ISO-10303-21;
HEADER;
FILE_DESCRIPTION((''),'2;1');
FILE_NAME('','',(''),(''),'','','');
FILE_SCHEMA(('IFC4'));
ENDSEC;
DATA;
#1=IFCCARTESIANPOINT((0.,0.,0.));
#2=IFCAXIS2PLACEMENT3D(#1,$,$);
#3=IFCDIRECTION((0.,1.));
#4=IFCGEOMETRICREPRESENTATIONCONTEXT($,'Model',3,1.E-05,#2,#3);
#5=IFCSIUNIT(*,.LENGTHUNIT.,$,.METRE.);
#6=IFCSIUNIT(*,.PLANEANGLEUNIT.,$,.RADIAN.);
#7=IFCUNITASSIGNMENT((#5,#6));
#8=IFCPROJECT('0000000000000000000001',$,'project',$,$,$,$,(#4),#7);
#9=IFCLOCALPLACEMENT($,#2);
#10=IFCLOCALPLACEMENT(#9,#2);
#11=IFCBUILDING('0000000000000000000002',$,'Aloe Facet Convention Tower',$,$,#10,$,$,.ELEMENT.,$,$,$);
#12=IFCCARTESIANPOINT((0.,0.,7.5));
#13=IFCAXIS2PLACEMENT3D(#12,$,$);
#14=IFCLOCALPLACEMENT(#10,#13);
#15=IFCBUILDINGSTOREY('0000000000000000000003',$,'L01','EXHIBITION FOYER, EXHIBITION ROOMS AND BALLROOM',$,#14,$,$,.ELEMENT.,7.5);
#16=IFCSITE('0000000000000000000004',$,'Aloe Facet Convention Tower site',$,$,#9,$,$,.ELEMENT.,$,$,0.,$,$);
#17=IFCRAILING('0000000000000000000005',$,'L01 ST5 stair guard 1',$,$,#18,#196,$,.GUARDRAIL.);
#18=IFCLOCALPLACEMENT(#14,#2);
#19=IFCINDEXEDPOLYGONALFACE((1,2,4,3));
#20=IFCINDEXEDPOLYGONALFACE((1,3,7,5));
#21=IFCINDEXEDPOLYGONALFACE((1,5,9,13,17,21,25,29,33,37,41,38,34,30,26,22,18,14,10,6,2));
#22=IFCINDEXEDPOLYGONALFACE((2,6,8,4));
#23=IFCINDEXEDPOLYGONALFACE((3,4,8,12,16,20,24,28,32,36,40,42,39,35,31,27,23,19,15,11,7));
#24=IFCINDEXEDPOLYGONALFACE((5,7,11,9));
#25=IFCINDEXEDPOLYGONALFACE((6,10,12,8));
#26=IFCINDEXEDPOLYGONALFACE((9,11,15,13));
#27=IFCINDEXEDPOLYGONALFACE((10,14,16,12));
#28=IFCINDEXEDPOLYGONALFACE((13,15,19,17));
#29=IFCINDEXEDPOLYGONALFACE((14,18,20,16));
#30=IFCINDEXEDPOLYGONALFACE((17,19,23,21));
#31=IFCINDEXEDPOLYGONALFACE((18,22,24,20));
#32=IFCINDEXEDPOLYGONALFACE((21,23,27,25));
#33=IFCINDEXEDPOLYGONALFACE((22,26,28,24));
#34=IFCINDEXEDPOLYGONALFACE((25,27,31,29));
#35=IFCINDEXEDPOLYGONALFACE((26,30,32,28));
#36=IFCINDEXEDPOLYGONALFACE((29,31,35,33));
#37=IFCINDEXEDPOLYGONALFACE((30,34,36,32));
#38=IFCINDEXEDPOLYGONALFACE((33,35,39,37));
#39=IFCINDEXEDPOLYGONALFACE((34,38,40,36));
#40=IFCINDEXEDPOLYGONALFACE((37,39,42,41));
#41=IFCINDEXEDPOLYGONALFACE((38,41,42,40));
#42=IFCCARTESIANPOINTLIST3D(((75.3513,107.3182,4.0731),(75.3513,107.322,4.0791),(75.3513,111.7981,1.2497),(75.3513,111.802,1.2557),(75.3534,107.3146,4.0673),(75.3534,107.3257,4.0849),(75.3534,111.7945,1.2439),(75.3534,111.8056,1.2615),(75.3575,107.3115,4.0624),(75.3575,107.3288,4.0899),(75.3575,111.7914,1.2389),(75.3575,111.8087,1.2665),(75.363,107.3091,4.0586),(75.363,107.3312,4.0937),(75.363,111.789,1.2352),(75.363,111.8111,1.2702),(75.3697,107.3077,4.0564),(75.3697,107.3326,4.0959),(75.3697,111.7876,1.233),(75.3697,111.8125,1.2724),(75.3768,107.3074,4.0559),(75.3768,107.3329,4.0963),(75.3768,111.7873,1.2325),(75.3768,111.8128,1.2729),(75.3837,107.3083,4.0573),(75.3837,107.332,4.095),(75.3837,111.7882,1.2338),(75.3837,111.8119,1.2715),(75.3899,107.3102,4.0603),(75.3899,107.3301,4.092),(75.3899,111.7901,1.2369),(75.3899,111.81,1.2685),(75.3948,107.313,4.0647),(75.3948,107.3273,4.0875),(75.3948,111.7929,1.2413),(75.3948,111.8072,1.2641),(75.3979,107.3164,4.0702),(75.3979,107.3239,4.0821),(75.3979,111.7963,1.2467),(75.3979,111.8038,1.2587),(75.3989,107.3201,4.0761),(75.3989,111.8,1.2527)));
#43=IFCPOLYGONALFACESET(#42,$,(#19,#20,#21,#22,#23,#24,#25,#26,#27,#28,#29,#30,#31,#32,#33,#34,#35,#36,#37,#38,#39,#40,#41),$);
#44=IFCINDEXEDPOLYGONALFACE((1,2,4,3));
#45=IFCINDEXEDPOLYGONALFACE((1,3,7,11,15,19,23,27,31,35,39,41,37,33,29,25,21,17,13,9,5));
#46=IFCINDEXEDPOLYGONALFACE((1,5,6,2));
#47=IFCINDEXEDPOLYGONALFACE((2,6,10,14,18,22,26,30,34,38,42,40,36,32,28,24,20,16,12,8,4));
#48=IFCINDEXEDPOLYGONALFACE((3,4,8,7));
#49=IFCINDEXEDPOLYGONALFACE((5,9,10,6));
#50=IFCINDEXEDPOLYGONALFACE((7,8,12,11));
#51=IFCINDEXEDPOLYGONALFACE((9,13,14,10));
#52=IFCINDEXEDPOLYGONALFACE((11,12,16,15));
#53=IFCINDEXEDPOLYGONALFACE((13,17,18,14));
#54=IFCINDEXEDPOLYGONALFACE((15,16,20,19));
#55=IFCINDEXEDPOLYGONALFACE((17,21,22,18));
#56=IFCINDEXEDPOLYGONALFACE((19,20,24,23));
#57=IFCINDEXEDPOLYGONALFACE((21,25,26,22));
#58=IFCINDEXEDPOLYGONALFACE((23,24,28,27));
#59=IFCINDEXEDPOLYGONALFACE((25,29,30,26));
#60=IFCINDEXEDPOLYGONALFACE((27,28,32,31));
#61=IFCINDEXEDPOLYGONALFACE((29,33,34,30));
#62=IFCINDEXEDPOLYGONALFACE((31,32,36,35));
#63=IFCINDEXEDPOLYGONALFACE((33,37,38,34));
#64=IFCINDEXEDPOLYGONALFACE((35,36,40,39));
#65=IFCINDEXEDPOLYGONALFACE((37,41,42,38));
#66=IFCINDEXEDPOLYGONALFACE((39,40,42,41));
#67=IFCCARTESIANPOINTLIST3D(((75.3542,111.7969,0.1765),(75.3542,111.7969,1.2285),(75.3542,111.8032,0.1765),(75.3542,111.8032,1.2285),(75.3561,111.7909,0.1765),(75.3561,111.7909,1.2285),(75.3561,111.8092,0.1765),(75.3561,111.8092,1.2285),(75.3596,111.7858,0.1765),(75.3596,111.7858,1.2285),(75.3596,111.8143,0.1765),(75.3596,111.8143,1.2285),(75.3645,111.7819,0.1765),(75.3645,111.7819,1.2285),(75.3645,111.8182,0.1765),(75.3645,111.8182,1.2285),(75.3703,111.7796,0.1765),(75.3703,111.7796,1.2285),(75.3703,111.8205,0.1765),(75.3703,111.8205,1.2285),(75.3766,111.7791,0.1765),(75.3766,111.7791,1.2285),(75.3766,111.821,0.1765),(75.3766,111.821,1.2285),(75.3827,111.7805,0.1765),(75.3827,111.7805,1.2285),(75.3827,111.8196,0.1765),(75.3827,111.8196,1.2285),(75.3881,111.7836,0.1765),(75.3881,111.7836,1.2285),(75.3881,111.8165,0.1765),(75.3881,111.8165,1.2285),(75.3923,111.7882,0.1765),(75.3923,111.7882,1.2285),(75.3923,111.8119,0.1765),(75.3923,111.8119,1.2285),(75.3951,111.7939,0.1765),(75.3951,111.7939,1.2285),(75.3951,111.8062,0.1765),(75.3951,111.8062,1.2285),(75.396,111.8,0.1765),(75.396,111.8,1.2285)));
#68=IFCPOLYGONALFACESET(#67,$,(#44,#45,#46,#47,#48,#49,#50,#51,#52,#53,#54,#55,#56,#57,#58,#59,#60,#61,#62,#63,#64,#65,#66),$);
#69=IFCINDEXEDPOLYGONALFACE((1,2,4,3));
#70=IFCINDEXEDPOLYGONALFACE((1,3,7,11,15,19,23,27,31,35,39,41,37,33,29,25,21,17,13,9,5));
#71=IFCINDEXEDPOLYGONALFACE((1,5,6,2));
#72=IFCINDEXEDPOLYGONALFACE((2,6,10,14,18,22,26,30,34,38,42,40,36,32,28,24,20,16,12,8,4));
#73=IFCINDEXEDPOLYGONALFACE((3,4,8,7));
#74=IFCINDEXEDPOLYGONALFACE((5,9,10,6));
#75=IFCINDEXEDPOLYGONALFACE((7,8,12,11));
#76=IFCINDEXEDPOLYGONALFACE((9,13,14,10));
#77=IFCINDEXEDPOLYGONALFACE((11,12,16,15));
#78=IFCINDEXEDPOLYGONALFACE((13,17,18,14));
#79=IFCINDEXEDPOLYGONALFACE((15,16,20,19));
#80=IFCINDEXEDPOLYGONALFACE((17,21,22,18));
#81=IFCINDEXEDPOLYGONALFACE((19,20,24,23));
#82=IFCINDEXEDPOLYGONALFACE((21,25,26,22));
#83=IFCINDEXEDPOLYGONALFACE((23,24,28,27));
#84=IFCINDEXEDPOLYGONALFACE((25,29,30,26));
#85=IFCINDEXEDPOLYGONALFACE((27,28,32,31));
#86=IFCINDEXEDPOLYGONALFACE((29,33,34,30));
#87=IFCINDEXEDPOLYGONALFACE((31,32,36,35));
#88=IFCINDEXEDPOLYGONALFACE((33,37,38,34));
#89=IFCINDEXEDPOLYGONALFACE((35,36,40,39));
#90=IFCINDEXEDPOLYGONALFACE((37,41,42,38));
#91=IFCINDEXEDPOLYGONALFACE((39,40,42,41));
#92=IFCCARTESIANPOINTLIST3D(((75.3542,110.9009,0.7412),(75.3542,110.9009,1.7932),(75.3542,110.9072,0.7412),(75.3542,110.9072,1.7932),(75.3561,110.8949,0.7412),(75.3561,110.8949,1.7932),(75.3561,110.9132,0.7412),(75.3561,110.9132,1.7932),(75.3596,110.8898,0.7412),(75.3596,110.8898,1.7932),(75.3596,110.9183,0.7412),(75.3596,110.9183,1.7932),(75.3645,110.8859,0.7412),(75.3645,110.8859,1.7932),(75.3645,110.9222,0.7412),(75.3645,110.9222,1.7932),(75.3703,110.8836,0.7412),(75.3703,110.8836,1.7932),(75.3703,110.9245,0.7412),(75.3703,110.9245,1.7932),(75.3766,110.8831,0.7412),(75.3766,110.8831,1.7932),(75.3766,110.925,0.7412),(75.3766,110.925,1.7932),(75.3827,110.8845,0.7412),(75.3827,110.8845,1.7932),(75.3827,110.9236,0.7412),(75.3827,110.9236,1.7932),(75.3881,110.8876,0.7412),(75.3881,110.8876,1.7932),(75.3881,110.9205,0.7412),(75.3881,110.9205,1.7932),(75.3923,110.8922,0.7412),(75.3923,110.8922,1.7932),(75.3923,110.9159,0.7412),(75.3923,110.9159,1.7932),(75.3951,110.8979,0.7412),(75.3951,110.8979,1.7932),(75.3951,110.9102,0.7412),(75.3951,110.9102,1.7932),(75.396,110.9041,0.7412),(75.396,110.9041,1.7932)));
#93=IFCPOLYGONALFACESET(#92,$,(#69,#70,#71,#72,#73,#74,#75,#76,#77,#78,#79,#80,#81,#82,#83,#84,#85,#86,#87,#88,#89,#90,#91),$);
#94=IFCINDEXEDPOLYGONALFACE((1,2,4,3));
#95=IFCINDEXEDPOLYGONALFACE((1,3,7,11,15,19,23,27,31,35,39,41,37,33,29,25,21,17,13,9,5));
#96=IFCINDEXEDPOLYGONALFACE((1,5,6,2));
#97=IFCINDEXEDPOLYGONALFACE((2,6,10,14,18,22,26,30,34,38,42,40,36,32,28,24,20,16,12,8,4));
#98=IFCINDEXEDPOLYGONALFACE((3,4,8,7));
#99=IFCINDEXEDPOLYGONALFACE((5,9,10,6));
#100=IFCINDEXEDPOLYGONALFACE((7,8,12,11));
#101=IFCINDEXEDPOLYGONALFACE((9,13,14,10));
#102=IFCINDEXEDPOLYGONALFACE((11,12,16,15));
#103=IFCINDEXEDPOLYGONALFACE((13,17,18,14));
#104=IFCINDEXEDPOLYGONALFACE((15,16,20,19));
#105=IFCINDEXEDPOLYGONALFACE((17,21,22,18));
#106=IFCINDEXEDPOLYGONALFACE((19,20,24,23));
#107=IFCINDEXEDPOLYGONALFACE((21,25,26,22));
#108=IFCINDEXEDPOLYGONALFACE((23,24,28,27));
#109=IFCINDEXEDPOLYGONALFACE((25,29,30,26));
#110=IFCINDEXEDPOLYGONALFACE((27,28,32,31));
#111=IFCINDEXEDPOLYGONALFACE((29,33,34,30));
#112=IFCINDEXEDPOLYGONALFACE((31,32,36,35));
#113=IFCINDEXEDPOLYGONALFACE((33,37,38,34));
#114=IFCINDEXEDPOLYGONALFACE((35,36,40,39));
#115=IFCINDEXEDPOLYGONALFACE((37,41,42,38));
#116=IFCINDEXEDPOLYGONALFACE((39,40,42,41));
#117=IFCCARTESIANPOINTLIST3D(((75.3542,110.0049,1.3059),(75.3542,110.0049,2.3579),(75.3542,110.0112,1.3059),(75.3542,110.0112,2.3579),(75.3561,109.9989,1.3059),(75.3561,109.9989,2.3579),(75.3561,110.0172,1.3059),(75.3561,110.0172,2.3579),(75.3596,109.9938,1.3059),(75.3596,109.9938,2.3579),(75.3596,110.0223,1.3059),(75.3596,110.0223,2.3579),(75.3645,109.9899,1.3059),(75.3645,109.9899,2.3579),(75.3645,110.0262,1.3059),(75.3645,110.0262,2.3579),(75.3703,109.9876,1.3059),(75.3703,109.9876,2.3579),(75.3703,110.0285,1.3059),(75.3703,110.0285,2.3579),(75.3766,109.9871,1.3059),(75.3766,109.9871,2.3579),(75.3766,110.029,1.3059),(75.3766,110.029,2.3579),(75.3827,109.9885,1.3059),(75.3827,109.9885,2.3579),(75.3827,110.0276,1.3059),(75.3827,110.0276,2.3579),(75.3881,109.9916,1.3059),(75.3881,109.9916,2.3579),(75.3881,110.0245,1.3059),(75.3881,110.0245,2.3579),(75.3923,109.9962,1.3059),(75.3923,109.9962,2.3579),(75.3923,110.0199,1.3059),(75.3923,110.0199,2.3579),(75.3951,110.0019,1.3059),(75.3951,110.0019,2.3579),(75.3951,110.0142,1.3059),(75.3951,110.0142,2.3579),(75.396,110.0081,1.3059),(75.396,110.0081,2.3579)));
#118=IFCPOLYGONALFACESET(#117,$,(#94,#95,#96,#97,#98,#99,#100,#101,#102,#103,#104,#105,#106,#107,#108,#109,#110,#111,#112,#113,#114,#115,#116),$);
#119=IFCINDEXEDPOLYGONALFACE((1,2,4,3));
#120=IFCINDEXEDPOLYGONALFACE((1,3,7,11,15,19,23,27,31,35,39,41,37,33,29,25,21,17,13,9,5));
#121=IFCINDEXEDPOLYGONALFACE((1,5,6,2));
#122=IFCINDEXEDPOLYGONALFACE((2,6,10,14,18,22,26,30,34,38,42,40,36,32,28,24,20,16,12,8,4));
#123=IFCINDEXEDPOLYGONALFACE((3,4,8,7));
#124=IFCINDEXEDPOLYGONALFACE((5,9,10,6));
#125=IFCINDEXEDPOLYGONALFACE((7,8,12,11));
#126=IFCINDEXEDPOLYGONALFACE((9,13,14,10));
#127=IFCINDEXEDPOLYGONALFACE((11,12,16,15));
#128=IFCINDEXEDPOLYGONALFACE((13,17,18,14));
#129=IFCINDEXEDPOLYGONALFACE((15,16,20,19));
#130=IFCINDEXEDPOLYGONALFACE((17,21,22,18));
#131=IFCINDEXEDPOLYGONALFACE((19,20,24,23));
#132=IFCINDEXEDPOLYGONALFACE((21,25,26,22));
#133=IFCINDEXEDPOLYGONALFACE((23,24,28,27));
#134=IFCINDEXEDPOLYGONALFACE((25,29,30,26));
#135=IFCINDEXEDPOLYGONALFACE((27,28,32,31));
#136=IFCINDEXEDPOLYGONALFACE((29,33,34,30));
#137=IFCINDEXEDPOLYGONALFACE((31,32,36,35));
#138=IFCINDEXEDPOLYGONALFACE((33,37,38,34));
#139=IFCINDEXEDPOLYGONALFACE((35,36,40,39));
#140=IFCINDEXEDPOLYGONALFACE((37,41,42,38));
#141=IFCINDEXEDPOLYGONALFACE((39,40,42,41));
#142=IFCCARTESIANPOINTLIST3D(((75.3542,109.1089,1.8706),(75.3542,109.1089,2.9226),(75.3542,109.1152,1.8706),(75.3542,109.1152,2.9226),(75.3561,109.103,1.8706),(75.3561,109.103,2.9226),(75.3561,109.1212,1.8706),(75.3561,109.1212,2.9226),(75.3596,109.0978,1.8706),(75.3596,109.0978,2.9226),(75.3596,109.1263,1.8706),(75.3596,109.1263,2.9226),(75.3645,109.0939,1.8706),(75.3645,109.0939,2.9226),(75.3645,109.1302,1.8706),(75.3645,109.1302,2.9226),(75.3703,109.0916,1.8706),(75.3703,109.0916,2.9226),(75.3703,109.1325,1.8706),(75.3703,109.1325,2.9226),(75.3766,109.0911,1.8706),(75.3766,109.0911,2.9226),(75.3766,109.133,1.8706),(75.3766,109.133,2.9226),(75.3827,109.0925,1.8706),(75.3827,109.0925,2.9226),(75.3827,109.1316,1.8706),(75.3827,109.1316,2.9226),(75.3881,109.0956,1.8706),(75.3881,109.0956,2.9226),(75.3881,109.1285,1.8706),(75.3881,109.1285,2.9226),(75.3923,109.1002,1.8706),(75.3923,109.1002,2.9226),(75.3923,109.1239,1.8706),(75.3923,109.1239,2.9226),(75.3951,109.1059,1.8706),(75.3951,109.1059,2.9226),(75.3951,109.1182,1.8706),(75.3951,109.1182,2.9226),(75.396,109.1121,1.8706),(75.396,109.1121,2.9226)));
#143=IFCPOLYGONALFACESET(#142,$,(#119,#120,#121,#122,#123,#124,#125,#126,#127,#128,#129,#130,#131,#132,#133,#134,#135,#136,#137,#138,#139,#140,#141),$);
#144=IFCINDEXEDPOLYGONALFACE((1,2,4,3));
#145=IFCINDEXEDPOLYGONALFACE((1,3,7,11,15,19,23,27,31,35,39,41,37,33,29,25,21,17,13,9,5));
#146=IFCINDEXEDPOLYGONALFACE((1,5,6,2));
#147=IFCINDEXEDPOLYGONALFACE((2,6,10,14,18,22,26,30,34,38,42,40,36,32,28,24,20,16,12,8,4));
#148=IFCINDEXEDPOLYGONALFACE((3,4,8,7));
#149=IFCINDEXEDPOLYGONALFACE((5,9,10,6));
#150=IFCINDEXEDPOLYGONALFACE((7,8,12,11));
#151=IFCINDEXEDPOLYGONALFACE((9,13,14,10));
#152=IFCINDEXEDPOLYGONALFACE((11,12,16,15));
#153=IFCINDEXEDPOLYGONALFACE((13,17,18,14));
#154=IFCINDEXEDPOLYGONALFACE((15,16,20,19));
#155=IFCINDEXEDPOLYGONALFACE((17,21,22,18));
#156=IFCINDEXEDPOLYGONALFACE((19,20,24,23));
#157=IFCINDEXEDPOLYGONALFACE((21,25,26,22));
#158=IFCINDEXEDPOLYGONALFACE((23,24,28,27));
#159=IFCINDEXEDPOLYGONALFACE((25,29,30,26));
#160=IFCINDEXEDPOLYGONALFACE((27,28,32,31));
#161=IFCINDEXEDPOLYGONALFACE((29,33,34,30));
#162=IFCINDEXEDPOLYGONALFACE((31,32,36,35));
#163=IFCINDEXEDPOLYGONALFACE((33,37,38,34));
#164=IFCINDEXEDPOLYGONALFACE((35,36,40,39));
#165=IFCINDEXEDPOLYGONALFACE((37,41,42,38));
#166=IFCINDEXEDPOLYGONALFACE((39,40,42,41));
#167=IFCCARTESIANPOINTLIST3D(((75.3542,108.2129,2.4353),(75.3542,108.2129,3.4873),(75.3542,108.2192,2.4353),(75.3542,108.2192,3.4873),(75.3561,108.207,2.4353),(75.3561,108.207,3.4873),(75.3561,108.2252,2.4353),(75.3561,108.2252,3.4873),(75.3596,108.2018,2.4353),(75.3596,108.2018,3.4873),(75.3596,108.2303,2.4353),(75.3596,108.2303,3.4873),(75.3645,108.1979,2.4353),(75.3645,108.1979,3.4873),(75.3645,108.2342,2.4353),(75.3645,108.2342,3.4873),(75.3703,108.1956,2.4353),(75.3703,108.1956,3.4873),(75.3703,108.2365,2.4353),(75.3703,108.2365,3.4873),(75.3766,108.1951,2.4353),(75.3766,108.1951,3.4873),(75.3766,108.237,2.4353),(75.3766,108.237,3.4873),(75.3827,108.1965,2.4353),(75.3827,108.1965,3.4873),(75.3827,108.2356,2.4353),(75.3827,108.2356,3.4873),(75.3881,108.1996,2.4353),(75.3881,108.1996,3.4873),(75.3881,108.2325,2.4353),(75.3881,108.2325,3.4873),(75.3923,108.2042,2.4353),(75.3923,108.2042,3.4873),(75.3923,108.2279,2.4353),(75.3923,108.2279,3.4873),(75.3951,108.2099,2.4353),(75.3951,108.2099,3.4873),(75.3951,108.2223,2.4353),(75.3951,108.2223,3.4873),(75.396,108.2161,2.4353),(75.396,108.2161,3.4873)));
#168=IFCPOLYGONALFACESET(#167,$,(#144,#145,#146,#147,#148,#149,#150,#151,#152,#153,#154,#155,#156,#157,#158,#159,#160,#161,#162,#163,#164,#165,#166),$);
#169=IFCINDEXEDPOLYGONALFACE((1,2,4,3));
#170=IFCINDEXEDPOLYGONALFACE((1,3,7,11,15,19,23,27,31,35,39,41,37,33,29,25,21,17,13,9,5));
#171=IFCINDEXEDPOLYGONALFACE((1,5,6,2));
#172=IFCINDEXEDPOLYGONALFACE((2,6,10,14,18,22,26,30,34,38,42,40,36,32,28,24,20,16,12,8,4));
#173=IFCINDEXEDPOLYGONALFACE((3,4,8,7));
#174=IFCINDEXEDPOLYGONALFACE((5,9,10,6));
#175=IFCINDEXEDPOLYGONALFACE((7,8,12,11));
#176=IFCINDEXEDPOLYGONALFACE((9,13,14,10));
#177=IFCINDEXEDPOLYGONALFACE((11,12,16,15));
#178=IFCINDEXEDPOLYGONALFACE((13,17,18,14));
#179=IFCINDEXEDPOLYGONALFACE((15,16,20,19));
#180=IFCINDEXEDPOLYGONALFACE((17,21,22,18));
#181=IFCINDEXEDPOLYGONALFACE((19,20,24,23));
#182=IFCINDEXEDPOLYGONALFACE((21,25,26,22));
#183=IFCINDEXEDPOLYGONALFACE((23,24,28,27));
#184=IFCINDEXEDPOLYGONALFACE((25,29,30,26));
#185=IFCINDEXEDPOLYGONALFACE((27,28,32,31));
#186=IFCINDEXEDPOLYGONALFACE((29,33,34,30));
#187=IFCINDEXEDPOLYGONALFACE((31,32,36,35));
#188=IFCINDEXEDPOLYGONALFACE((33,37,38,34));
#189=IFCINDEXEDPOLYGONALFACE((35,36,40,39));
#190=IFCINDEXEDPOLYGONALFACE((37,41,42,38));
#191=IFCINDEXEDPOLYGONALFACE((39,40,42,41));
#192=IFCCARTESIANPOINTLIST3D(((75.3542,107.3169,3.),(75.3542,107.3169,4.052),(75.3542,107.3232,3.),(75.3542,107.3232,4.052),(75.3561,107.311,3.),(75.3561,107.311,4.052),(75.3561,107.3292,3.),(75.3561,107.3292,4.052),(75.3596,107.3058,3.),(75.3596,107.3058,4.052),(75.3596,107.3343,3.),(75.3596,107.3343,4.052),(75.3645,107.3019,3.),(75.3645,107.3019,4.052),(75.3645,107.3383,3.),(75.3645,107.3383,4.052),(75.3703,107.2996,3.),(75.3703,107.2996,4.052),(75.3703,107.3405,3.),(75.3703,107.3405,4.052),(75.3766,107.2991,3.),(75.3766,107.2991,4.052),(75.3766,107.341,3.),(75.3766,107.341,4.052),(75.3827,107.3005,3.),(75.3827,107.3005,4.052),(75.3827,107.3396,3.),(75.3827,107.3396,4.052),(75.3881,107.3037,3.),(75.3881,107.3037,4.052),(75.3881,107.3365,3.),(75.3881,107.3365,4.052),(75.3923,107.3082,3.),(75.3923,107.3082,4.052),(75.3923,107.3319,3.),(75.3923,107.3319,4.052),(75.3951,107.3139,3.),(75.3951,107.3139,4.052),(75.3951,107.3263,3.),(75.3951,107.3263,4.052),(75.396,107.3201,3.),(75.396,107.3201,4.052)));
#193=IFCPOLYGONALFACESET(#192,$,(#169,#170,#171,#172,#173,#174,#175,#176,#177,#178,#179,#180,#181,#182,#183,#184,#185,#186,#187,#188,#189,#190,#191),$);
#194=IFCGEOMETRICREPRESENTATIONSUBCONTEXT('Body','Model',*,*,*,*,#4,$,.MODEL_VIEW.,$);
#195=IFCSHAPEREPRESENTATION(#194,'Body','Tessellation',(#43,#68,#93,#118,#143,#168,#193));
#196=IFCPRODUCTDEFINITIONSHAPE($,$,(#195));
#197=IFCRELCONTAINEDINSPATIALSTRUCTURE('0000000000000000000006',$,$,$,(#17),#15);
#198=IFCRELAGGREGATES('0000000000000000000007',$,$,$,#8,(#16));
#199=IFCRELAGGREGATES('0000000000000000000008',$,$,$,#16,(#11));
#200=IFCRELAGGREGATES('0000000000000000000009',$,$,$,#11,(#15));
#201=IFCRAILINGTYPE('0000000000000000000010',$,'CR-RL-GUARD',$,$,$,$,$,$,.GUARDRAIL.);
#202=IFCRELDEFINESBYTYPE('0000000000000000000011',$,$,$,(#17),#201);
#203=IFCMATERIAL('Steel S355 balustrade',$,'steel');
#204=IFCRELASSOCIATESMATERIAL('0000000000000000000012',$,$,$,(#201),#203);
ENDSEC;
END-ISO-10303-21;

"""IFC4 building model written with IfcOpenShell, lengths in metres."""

from ifc_helpers import new_model, si_unit, direction, frame, origin, origin_2d, place, context, subcontext, project, spatial, circle, extrude, material, type_object, element, save


model = new_model("IFC4")

# Units and contexts
model_context = context("Model", 3, precision=1e-05, world=origin(), true_north=direction((0.0, 1.0)))
body_context = subcontext(model_context, "Body", "Model", "MODEL_VIEW")
ifc_project = project(units=[si_unit("LENGTHUNIT", "METRE"), si_unit("PLANEANGLEUNIT", "RADIAN")], contexts=[model_context])

# Site, building, storey
site_placement = place(None, origin())
site = spatial("IfcSite", under=ifc_project, at=site_placement, Name="Aloe Facet Convention Tower site", CompositionType="ELEMENT", RefElevation=0.0)
building_placement = place(site_placement, origin())
building = spatial("IfcBuilding", under=site, at=building_placement, Name="Aloe Facet Convention Tower", CompositionType="ELEMENT")
storey_placement = place(building_placement, frame((0.0, 0.0, 7.5)))
storey = spatial("IfcBuildingStorey", under=building, at=storey_placement, Name="L01", Description="EXHIBITION FOYER, EXHIBITION ROOMS AND BALLROOM", CompositionType="ELEMENT", Elevation=7.5)

# Railing
ifc_material_1 = material(Name="Steel S355 balustrade", Category="steel")
railing_type_1 = type_object("IfcRailingType", Name="CR-RL-GUARD", PredefinedType="GUARDRAIL", material=ifc_material_1)
railing_1_placement = place(storey_placement, frame((75.375, 111.8, 0.1765)))
element("IfcRailing", 1, at=railing_1_placement, inside=storey, type_object=railing_type_1, Name="L01 ST5 stair guard 1", PredefinedType="GUARDRAIL", context=body_context, shape_type="SweptSolid", body=[
    extrude(circle(Radius=0.0239, at=origin_2d()), frame((0.0, 0.0, 1.0762), z_axis=(0.0, -0.845998, 0.533186), x_axis=(1.0, 0.0, 0.0)), (0.0, 0.0, 1.0), 5.2954),
    extrude(circle(Radius=0.021, at=origin_2d()), origin(), (0.0, 0.0, 1.0), 1.052),
    extrude(circle(Radius=0.021, at=origin_2d()), frame((0.0, -0.896, 0.5647)), (0.0, 0.0, 1.0), 1.052),
    extrude(circle(Radius=0.021, at=origin_2d()), frame((0.0, -1.792, 1.1294)), (0.0, 0.0, 1.0), 1.052),
    extrude(circle(Radius=0.021, at=origin_2d()), frame((0.0, -2.688, 1.6941)), (0.0, 0.0, 1.0), 1.052),
    extrude(circle(Radius=0.021, at=origin_2d()), frame((0.0, -3.584, 2.2588)), (0.0, 0.0, 1.0), 1.052),
    extrude(circle(Radius=0.021, at=origin_2d()), frame((0.0, -4.48, 2.8235)), (0.0, 0.0, 1.0), 1.052),
])

save(model, "model.ifc")
